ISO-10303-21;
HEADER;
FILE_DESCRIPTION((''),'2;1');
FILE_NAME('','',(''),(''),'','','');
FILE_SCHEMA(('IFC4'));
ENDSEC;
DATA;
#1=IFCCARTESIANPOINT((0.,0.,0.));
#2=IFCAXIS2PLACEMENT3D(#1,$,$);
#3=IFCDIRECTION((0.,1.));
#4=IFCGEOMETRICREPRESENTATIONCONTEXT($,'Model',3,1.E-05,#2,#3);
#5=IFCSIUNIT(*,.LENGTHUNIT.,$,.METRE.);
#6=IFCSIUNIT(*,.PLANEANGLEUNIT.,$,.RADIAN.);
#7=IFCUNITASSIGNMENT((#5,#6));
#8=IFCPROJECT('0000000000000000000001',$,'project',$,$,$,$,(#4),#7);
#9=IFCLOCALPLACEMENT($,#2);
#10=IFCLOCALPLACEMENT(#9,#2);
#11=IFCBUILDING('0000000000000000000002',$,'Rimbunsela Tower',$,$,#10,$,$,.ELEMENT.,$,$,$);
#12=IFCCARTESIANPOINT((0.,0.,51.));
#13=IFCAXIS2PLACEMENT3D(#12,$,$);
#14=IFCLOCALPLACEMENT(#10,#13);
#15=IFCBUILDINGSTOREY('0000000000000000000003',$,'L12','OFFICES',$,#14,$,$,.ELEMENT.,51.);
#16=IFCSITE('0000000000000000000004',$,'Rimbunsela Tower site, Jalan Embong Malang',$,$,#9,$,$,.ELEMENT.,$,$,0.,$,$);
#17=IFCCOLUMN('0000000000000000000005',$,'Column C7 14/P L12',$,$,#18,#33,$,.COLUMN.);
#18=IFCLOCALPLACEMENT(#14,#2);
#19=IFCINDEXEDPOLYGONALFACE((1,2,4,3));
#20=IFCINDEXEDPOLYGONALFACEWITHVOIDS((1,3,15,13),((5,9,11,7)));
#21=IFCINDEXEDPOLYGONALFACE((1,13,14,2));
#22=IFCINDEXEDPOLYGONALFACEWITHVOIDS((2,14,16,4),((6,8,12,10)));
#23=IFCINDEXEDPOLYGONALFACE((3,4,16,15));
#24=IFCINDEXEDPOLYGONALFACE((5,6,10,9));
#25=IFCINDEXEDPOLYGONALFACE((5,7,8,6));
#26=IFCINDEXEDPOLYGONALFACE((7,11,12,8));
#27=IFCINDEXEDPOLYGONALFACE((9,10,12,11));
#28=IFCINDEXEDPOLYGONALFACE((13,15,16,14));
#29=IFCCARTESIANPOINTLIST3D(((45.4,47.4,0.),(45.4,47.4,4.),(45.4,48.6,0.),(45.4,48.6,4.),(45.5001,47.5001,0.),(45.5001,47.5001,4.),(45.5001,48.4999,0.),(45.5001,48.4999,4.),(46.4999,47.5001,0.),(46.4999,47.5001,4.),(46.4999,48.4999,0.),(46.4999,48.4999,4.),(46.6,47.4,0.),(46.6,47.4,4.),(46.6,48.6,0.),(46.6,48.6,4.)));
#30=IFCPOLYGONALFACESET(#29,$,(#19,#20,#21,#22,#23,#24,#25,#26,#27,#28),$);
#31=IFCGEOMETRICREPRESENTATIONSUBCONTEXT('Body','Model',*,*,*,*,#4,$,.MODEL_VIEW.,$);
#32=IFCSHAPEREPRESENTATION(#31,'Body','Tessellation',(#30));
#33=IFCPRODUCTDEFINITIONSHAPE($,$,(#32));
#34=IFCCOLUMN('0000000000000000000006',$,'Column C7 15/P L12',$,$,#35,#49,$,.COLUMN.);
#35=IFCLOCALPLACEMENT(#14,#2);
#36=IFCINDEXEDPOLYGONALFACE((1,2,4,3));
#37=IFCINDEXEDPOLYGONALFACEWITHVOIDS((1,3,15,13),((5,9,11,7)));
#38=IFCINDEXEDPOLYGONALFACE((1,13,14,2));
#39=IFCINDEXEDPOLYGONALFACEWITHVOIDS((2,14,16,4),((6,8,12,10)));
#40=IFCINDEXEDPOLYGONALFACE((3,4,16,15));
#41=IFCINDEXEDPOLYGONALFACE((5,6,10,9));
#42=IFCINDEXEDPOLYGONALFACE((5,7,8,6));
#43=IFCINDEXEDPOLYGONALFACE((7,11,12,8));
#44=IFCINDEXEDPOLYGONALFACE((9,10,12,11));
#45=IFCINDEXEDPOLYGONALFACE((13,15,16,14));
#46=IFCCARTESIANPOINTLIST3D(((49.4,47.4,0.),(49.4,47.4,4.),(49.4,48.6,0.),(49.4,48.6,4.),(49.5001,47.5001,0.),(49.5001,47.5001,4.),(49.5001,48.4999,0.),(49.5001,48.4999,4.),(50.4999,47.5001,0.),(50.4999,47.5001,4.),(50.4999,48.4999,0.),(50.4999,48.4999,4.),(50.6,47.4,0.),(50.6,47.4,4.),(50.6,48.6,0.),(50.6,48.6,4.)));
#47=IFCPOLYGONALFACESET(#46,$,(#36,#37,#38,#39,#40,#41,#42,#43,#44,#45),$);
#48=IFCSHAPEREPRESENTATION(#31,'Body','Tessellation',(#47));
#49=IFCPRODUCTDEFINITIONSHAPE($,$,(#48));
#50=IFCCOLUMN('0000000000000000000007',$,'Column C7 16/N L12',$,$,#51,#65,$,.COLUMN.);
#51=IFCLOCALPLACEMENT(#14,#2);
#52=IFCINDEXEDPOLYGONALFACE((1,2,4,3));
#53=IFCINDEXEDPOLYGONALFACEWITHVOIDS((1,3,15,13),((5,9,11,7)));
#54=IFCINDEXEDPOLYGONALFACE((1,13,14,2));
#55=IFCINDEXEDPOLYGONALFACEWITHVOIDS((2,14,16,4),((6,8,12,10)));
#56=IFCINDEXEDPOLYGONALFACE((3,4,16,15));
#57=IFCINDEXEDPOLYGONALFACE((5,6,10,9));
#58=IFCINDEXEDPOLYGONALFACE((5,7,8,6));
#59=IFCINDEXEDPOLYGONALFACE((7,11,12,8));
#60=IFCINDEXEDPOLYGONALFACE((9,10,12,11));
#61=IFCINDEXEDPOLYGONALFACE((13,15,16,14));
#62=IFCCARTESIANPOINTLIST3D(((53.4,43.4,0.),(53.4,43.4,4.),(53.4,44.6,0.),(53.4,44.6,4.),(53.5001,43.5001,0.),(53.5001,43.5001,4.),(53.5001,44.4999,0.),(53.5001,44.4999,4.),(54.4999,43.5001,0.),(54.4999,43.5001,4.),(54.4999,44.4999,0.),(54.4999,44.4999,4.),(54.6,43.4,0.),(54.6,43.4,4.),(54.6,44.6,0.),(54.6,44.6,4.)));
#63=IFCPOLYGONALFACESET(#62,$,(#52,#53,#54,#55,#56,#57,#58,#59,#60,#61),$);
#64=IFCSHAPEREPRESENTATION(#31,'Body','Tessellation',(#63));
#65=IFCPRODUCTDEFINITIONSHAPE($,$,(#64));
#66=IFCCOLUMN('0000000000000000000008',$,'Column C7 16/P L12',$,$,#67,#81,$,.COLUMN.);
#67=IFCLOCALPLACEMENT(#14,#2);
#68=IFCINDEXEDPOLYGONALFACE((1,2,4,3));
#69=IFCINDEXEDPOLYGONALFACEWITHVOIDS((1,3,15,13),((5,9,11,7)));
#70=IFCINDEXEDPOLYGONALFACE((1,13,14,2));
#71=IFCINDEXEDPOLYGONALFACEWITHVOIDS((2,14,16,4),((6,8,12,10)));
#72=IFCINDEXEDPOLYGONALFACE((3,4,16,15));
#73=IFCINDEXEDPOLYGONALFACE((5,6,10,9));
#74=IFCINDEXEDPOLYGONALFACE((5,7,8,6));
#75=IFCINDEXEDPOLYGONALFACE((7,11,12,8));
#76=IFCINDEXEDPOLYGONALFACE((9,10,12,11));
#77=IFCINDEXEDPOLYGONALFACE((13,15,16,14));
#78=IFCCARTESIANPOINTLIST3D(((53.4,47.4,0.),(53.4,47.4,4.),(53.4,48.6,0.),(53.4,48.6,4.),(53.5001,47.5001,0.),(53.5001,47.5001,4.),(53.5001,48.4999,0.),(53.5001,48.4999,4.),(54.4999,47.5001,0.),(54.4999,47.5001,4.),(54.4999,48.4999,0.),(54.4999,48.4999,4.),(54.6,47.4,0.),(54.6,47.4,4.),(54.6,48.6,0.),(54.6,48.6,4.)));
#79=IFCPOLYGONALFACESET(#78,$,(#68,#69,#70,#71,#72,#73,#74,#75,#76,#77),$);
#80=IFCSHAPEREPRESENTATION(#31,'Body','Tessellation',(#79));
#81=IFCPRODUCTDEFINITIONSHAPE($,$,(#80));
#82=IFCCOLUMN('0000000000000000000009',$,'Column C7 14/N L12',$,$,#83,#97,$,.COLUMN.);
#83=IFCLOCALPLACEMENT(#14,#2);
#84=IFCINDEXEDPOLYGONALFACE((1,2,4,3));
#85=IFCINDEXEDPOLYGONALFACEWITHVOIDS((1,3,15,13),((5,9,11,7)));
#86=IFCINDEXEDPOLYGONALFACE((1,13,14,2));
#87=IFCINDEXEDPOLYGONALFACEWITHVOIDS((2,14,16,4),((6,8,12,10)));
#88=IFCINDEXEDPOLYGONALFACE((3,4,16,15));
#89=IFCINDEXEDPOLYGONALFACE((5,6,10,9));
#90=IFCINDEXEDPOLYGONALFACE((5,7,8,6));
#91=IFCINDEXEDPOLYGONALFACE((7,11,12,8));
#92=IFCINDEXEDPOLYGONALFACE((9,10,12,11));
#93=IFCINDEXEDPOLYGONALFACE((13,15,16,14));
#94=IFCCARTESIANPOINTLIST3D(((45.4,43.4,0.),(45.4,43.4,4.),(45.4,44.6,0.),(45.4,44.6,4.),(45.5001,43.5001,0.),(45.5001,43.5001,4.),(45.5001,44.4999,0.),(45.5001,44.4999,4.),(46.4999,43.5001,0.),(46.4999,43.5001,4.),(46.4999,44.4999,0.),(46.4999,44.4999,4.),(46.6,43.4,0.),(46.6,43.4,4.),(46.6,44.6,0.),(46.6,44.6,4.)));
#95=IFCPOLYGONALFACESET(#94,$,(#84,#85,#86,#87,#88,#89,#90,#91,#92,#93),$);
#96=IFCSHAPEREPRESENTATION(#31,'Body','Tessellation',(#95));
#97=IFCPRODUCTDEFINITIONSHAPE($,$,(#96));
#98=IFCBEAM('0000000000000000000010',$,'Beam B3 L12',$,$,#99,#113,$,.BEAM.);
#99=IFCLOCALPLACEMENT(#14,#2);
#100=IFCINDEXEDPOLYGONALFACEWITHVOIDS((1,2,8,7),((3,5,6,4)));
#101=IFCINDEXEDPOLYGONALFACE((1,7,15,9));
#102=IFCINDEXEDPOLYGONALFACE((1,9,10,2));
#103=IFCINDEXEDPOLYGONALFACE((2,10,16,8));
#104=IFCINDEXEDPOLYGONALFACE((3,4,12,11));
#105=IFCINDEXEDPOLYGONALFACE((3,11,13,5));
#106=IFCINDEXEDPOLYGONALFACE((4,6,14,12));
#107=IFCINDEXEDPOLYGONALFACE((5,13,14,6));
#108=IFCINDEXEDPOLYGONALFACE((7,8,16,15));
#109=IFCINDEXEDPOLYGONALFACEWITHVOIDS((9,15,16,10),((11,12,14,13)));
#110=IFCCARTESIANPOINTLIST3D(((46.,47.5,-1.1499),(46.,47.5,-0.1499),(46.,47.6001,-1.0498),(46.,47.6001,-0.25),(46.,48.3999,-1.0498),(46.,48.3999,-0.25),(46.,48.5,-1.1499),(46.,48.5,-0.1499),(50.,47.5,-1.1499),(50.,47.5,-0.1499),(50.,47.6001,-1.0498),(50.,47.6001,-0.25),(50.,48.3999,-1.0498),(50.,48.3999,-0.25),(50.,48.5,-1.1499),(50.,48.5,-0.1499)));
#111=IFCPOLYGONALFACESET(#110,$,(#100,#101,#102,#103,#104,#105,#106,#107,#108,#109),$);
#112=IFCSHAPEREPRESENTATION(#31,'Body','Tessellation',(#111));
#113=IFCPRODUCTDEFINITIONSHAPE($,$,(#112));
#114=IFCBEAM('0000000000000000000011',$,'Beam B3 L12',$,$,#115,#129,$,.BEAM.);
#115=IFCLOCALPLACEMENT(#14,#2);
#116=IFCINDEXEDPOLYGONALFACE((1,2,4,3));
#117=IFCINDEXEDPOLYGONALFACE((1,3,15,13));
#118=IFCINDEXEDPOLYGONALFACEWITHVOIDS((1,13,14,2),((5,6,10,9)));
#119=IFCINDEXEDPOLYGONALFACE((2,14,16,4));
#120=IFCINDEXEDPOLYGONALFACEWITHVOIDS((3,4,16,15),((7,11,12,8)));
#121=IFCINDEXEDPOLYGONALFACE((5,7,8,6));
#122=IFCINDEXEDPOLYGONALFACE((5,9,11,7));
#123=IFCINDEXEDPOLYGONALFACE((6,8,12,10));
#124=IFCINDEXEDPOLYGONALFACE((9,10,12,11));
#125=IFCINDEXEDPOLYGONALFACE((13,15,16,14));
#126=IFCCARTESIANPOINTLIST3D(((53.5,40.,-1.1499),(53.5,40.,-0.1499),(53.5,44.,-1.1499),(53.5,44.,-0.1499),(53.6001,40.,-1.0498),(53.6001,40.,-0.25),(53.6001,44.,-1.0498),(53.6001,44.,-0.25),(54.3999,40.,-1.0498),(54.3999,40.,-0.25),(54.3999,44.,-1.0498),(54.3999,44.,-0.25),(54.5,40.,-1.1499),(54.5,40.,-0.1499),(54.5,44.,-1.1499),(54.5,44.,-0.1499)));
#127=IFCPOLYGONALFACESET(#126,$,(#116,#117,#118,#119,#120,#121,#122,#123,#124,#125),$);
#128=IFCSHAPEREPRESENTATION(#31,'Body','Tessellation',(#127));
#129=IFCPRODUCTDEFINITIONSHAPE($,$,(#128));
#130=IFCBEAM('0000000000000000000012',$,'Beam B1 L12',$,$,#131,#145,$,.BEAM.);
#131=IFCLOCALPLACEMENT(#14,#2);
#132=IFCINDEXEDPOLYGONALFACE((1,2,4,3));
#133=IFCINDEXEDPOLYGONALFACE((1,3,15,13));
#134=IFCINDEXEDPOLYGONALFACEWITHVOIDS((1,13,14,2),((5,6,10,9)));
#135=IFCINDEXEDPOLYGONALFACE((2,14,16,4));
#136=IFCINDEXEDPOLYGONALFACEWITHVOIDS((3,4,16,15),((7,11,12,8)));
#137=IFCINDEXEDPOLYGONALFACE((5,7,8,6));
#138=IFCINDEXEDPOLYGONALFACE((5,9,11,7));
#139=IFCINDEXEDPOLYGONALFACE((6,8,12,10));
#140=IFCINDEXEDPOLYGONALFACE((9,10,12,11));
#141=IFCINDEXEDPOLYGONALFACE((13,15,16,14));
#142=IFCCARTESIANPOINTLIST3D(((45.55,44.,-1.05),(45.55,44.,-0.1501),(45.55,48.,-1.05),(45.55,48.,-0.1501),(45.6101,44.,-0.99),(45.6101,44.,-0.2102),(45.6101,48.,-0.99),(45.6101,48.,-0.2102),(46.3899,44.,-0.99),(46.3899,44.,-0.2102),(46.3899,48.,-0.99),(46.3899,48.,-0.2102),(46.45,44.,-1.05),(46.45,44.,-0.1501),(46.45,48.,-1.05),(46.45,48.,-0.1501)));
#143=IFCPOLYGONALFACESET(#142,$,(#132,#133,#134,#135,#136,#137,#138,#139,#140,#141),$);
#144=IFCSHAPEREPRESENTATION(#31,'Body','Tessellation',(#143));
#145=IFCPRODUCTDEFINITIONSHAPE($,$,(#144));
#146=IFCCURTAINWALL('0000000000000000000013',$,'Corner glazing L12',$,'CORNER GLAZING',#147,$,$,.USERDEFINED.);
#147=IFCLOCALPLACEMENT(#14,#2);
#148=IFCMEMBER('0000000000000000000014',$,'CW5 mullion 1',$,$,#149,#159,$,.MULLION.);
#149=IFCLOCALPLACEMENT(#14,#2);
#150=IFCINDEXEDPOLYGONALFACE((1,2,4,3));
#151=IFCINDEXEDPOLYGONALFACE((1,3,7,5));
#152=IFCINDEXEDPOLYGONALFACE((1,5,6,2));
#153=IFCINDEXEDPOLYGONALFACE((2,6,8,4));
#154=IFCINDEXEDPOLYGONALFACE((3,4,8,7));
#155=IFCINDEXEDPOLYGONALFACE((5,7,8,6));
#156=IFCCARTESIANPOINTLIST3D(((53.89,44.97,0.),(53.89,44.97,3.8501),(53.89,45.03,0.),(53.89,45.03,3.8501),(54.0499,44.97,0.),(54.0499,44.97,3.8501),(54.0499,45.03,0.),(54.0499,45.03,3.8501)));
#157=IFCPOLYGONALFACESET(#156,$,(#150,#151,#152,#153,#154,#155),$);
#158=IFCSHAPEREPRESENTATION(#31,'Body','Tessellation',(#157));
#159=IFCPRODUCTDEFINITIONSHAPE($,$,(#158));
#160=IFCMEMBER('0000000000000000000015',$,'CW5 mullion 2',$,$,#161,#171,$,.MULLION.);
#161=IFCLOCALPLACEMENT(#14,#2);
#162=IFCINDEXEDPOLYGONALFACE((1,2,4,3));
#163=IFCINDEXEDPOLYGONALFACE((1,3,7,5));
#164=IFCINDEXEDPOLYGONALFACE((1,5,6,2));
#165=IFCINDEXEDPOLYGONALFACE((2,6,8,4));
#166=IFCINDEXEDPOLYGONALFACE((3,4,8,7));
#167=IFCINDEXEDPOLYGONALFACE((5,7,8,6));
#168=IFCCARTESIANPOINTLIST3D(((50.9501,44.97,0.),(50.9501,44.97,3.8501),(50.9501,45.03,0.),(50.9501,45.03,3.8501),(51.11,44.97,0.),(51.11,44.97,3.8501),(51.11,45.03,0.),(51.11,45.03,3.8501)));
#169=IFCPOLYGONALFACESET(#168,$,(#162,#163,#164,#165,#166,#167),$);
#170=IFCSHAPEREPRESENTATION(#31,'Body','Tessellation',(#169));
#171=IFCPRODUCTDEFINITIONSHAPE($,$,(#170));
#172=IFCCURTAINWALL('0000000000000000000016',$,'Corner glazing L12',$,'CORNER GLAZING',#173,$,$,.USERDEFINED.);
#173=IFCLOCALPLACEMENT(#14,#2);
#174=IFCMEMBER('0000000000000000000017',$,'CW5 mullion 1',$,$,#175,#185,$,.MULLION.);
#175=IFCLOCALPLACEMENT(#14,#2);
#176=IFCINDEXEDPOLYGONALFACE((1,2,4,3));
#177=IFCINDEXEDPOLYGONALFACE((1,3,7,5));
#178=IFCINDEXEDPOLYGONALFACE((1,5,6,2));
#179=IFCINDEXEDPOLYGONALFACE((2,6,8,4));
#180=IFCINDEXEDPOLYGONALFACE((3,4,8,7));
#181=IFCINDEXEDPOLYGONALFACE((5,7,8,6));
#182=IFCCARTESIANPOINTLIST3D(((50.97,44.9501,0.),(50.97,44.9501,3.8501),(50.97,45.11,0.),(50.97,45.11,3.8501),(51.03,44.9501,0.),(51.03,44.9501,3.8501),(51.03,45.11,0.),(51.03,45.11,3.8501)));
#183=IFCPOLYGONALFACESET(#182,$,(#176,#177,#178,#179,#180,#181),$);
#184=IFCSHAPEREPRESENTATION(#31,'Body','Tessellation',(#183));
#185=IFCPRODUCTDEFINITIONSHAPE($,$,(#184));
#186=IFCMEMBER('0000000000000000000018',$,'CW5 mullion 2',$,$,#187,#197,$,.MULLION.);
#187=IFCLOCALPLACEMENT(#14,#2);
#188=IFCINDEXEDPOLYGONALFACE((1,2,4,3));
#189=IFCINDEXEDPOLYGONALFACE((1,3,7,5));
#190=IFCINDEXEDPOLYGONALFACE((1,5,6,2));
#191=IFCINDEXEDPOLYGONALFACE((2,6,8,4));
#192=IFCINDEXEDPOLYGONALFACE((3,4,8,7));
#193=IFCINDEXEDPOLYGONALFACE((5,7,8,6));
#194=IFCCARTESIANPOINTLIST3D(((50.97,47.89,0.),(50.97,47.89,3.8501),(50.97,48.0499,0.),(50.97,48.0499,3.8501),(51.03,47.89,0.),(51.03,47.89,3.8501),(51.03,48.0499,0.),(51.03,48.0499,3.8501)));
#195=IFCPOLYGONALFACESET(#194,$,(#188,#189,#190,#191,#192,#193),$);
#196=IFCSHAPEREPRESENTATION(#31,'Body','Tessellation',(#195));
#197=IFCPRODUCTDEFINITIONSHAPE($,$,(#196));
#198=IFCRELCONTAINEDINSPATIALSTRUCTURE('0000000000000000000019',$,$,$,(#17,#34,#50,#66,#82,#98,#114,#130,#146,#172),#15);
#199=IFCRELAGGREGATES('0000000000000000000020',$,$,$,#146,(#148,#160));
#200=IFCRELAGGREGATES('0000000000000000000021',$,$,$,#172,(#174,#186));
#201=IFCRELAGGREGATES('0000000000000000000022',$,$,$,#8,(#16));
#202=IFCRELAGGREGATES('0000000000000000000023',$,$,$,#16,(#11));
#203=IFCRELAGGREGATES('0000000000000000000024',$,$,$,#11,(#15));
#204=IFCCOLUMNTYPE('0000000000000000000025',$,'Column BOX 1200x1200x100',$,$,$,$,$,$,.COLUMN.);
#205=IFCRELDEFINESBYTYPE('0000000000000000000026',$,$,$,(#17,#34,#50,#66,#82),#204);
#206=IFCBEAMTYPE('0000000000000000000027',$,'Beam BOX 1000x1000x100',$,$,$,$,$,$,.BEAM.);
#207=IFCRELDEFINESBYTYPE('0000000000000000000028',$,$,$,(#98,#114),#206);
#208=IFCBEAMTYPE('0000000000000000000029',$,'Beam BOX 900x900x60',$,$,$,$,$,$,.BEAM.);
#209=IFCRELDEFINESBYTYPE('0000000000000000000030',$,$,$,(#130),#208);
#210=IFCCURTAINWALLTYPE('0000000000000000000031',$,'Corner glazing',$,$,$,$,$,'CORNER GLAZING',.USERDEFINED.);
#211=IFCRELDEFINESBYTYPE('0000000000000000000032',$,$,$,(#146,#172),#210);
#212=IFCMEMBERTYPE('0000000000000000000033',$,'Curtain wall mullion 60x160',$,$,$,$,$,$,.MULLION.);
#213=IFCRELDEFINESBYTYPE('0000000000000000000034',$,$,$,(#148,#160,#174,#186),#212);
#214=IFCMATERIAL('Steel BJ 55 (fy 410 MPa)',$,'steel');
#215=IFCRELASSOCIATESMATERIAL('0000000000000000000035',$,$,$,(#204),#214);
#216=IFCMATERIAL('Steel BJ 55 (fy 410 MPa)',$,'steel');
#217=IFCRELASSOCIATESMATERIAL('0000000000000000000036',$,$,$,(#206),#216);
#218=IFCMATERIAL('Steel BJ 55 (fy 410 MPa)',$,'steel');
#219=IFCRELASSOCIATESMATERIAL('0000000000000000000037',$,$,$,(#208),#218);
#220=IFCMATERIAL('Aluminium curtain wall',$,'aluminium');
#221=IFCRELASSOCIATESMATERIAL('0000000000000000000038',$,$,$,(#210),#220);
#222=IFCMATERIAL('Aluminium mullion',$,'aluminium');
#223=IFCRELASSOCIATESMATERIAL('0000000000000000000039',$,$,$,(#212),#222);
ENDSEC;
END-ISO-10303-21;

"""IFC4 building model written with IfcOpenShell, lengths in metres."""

from ifc_helpers import new_model, si_unit, direction, frame, origin, origin_2d, place, context, subcontext, project, spatial, rectangle, hollow_rectangle, extrude, material, material_profile, profile_set, type_object, element, aggregate, save


model = new_model("IFC4")

# Units and contexts
model_context = context("Model", 3, precision=1e-05, world=origin(), true_north=direction((0.0, 1.0)))
body_context = subcontext(model_context, "Body", "Model", "MODEL_VIEW")
ifc_project = project(units=[si_unit("LENGTHUNIT", "METRE"), si_unit("PLANEANGLEUNIT", "RADIAN")], contexts=[model_context])

# Site, building, storey
site_placement = place(None, origin())
site = spatial("IfcSite", under=ifc_project, at=site_placement, Name="Rimbunsela Tower site, Jalan Embong Malang", CompositionType="ELEMENT", RefElevation=0.0)
building_placement = place(site_placement, origin())
building = spatial("IfcBuilding", under=site, at=building_placement, Name="Rimbunsela Tower", CompositionType="ELEMENT")
storey_placement = place(building_placement, frame((0.0, 0.0, 51.0)))
storey = spatial("IfcBuildingStorey", under=building, at=storey_placement, Name="L12", Description="OFFICES", CompositionType="ELEMENT", Elevation=51.0)

# Columns
ifc_material_1 = material(Name="Steel BJ 55 (fy 410 MPa)", Category="steel")
ifc_material_profile_1 = material_profile(ifc_material_1, hollow_rectangle(XDim=1.2, YDim=1.2, WallThickness=0.1001, at=origin_2d()), Name="BOX 1200x1200x100")
ifc_profile_set_1 = profile_set([ifc_material_profile_1], Name="Steel BJ 55 (fy 410 MPa)")
column_type = type_object("IfcColumnType", Name="Column BOX 1200x1200x100", PredefinedType="COLUMN", material=ifc_profile_set_1)
for number, where, z_axis, x_axis, name in (
    (1, (46.0, 48.0, 0.0), (0.0, 0.0, 1.0), (1.0, 0.0, 0.0), "Column C7 14/P L12"),
    (2, (50.0, 48.0, 0.0), (0.0, 0.0, 1.0), (1.0, 0.0, 0.0), "Column C7 15/P L12"),
    (3, (54.0, 44.0, 0.0), (0.0, 0.0, 1.0), (1.0, 0.0, 0.0), "Column C7 16/N L12"),
    (4, (54.0, 48.0, 0.0), (0.0, 0.0, 1.0), (1.0, 0.0, 0.0), "Column C7 16/P L12"),
    (5, (46.0, 44.0, 0.0), (0.0, 0.0, 1.0), (1.0, 0.0, 0.0), "Column C7 14/N L12"),
):
    element("IfcColumn", number, at=place(storey_placement, frame(where, z_axis=z_axis, x_axis=x_axis)), inside=storey, type_object=column_type, Name=name, PredefinedType="COLUMN", context=body_context, shape_type="SweptSolid", body=[
        extrude(hollow_rectangle(XDim=1.2, YDim=1.2, WallThickness=0.1001, at=origin_2d()), origin(), (0.0, 0.0, 1.0), 4.0),
    ])

# Beams
ifc_material_2 = material(Name="Steel BJ 55 (fy 410 MPa)", Category="steel")
ifc_material_profile_2 = material_profile(ifc_material_2, hollow_rectangle(XDim=1.0, YDim=1.0, WallThickness=0.1001, at=origin_2d()), Name="BOX 1000x1000x100")
ifc_profile_set_2 = profile_set([ifc_material_profile_2], Name="Steel BJ 55 (fy 410 MPa)")
beam_type_1 = type_object("IfcBeamType", Name="Beam BOX 1000x1000x100", PredefinedType="BEAM", material=ifc_profile_set_2)
for number, where, z_axis, x_axis, name in (
    (6, (46.0, 48.0, -0.6499), (1.0, 0.0, 0.0), (0.0, 1.0, 0.0), "Beam B3 L12"),
    (7, (54.0, 40.0, -0.6499), (0.0, 1.0, 0.0), (-1.0, 0.0, 0.0), "Beam B3 L12"),
):
    element("IfcBeam", number, at=place(storey_placement, frame(where, z_axis=z_axis, x_axis=x_axis)), inside=storey, type_object=beam_type_1, Name=name, PredefinedType="BEAM", context=body_context, shape_type="SweptSolid", body=[
        extrude(hollow_rectangle(XDim=1.0, YDim=1.0, WallThickness=0.1001, at=origin_2d()), origin(), (0.0, 0.0, 1.0), 4.0),
    ])
ifc_material_3 = material(Name="Steel BJ 55 (fy 410 MPa)", Category="steel")
ifc_material_profile_3 = material_profile(ifc_material_3, hollow_rectangle(XDim=0.8999, YDim=0.8999, WallThickness=0.0601, at=origin_2d()), Name="BOX 900x900x60")
ifc_profile_set_3 = profile_set([ifc_material_profile_3], Name="Steel BJ 55 (fy 410 MPa)")
beam_type_2 = type_object("IfcBeamType", Name="Beam BOX 900x900x60", PredefinedType="BEAM", material=ifc_profile_set_3)
beam_placement = place(storey_placement, frame((46.0, 44.0, -0.6001), z_axis=(0.0, 1.0, 0.0), x_axis=(-1.0, 0.0, 0.0)))
element("IfcBeam", 8, at=beam_placement, inside=storey, type_object=beam_type_2, Name="Beam B1 L12", PredefinedType="BEAM", context=body_context, shape_type="SweptSolid", body=[
    extrude(hollow_rectangle(XDim=0.8999, YDim=0.8999, WallThickness=0.0601, at=origin_2d()), origin(), (0.0, 0.0, 1.0), 4.0),
])

# Curtain walls, members
ifc_material_4 = material(Name="Aluminium curtain wall", Category="aluminium")
curtain_wall_type = type_object("IfcCurtainWallType", Name="Corner glazing", ElementType="CORNER GLAZING", PredefinedType="USERDEFINED", material=ifc_material_4)
curtain_wall_1_placement = place(storey_placement, origin())
curtain_wall_1 = element("IfcCurtainWall", 9, at=curtain_wall_1_placement, inside=storey, type_object=curtain_wall_type, Name="Corner glazing L12", ObjectType="CORNER GLAZING", PredefinedType="USERDEFINED")
ifc_material_5 = material(Name="Aluminium mullion", Category="aluminium")
ifc_material_profile_4 = material_profile(ifc_material_5, rectangle(XDim=0.0601, YDim=0.1599, at=origin_2d()), Name="Mullion 60x160")
ifc_profile_set_4 = profile_set([ifc_material_profile_4], Name="Aluminium mullion")
member_type_1 = type_object("IfcMemberType", Name="Curtain wall mullion 60x160", PredefinedType="MULLION", material=ifc_profile_set_4)
member_1_placement = place(storey_placement, frame((53.97, 45.0, 0.0), z_axis=(0.0, 0.0, 1.0), x_axis=(0.0, -1.0, 0.0)))
member_1 = element("IfcMember", 10, at=member_1_placement, type_object=member_type_1, Name="CW5 mullion 1", PredefinedType="MULLION", context=body_context, shape_type="SweptSolid", body=[
    extrude(rectangle(XDim=0.0601, YDim=0.1599, at=origin_2d()), origin(), (0.0, 0.0, 1.0), 3.8501),
])
member_2_placement = place(storey_placement, frame((51.03, 45.0, 0.0), z_axis=(0.0, 0.0, 1.0), x_axis=(0.0, -1.0, 0.0)))
member_2 = element("IfcMember", 11, at=member_2_placement, type_object=member_type_1, Name="CW5 mullion 2", PredefinedType="MULLION", context=body_context, shape_type="SweptSolid", body=[
    extrude(rectangle(XDim=0.0601, YDim=0.1599, at=origin_2d()), origin(), (0.0, 0.0, 1.0), 3.8501),
])
curtain_wall_2_placement = place(storey_placement, origin())
curtain_wall_2 = element("IfcCurtainWall", 12, at=curtain_wall_2_placement, inside=storey, type_object=curtain_wall_type, Name="Corner glazing L12", ObjectType="CORNER GLAZING", PredefinedType="USERDEFINED")
member_3_placement = place(storey_placement, frame((51.0, 45.03, 0.0), z_axis=(0.0, 0.0, 1.0), x_axis=(-1.0, 0.0, 0.0)))
member_3 = element("IfcMember", 13, at=member_3_placement, type_object=member_type_1, Name="CW5 mullion 1", PredefinedType="MULLION", context=body_context, shape_type="SweptSolid", body=[
    extrude(rectangle(XDim=0.0601, YDim=0.1599, at=origin_2d()), origin(), (0.0, 0.0, 1.0), 3.8501),
])
member_4_placement = place(storey_placement, frame((51.0, 47.97, 0.0), z_axis=(0.0, 0.0, 1.0), x_axis=(-1.0, 0.0, 0.0)))
member_4 = element("IfcMember", 14, at=member_4_placement, type_object=member_type_1, Name="CW5 mullion 2", PredefinedType="MULLION", context=body_context, shape_type="SweptSolid", body=[
    extrude(rectangle(XDim=0.0601, YDim=0.1599, at=origin_2d()), origin(), (0.0, 0.0, 1.0), 3.8501),
])

aggregate(curtain_wall_1, [member_1, member_2])
aggregate(curtain_wall_2, [member_3, member_4])

save(model, "model.ifc")
